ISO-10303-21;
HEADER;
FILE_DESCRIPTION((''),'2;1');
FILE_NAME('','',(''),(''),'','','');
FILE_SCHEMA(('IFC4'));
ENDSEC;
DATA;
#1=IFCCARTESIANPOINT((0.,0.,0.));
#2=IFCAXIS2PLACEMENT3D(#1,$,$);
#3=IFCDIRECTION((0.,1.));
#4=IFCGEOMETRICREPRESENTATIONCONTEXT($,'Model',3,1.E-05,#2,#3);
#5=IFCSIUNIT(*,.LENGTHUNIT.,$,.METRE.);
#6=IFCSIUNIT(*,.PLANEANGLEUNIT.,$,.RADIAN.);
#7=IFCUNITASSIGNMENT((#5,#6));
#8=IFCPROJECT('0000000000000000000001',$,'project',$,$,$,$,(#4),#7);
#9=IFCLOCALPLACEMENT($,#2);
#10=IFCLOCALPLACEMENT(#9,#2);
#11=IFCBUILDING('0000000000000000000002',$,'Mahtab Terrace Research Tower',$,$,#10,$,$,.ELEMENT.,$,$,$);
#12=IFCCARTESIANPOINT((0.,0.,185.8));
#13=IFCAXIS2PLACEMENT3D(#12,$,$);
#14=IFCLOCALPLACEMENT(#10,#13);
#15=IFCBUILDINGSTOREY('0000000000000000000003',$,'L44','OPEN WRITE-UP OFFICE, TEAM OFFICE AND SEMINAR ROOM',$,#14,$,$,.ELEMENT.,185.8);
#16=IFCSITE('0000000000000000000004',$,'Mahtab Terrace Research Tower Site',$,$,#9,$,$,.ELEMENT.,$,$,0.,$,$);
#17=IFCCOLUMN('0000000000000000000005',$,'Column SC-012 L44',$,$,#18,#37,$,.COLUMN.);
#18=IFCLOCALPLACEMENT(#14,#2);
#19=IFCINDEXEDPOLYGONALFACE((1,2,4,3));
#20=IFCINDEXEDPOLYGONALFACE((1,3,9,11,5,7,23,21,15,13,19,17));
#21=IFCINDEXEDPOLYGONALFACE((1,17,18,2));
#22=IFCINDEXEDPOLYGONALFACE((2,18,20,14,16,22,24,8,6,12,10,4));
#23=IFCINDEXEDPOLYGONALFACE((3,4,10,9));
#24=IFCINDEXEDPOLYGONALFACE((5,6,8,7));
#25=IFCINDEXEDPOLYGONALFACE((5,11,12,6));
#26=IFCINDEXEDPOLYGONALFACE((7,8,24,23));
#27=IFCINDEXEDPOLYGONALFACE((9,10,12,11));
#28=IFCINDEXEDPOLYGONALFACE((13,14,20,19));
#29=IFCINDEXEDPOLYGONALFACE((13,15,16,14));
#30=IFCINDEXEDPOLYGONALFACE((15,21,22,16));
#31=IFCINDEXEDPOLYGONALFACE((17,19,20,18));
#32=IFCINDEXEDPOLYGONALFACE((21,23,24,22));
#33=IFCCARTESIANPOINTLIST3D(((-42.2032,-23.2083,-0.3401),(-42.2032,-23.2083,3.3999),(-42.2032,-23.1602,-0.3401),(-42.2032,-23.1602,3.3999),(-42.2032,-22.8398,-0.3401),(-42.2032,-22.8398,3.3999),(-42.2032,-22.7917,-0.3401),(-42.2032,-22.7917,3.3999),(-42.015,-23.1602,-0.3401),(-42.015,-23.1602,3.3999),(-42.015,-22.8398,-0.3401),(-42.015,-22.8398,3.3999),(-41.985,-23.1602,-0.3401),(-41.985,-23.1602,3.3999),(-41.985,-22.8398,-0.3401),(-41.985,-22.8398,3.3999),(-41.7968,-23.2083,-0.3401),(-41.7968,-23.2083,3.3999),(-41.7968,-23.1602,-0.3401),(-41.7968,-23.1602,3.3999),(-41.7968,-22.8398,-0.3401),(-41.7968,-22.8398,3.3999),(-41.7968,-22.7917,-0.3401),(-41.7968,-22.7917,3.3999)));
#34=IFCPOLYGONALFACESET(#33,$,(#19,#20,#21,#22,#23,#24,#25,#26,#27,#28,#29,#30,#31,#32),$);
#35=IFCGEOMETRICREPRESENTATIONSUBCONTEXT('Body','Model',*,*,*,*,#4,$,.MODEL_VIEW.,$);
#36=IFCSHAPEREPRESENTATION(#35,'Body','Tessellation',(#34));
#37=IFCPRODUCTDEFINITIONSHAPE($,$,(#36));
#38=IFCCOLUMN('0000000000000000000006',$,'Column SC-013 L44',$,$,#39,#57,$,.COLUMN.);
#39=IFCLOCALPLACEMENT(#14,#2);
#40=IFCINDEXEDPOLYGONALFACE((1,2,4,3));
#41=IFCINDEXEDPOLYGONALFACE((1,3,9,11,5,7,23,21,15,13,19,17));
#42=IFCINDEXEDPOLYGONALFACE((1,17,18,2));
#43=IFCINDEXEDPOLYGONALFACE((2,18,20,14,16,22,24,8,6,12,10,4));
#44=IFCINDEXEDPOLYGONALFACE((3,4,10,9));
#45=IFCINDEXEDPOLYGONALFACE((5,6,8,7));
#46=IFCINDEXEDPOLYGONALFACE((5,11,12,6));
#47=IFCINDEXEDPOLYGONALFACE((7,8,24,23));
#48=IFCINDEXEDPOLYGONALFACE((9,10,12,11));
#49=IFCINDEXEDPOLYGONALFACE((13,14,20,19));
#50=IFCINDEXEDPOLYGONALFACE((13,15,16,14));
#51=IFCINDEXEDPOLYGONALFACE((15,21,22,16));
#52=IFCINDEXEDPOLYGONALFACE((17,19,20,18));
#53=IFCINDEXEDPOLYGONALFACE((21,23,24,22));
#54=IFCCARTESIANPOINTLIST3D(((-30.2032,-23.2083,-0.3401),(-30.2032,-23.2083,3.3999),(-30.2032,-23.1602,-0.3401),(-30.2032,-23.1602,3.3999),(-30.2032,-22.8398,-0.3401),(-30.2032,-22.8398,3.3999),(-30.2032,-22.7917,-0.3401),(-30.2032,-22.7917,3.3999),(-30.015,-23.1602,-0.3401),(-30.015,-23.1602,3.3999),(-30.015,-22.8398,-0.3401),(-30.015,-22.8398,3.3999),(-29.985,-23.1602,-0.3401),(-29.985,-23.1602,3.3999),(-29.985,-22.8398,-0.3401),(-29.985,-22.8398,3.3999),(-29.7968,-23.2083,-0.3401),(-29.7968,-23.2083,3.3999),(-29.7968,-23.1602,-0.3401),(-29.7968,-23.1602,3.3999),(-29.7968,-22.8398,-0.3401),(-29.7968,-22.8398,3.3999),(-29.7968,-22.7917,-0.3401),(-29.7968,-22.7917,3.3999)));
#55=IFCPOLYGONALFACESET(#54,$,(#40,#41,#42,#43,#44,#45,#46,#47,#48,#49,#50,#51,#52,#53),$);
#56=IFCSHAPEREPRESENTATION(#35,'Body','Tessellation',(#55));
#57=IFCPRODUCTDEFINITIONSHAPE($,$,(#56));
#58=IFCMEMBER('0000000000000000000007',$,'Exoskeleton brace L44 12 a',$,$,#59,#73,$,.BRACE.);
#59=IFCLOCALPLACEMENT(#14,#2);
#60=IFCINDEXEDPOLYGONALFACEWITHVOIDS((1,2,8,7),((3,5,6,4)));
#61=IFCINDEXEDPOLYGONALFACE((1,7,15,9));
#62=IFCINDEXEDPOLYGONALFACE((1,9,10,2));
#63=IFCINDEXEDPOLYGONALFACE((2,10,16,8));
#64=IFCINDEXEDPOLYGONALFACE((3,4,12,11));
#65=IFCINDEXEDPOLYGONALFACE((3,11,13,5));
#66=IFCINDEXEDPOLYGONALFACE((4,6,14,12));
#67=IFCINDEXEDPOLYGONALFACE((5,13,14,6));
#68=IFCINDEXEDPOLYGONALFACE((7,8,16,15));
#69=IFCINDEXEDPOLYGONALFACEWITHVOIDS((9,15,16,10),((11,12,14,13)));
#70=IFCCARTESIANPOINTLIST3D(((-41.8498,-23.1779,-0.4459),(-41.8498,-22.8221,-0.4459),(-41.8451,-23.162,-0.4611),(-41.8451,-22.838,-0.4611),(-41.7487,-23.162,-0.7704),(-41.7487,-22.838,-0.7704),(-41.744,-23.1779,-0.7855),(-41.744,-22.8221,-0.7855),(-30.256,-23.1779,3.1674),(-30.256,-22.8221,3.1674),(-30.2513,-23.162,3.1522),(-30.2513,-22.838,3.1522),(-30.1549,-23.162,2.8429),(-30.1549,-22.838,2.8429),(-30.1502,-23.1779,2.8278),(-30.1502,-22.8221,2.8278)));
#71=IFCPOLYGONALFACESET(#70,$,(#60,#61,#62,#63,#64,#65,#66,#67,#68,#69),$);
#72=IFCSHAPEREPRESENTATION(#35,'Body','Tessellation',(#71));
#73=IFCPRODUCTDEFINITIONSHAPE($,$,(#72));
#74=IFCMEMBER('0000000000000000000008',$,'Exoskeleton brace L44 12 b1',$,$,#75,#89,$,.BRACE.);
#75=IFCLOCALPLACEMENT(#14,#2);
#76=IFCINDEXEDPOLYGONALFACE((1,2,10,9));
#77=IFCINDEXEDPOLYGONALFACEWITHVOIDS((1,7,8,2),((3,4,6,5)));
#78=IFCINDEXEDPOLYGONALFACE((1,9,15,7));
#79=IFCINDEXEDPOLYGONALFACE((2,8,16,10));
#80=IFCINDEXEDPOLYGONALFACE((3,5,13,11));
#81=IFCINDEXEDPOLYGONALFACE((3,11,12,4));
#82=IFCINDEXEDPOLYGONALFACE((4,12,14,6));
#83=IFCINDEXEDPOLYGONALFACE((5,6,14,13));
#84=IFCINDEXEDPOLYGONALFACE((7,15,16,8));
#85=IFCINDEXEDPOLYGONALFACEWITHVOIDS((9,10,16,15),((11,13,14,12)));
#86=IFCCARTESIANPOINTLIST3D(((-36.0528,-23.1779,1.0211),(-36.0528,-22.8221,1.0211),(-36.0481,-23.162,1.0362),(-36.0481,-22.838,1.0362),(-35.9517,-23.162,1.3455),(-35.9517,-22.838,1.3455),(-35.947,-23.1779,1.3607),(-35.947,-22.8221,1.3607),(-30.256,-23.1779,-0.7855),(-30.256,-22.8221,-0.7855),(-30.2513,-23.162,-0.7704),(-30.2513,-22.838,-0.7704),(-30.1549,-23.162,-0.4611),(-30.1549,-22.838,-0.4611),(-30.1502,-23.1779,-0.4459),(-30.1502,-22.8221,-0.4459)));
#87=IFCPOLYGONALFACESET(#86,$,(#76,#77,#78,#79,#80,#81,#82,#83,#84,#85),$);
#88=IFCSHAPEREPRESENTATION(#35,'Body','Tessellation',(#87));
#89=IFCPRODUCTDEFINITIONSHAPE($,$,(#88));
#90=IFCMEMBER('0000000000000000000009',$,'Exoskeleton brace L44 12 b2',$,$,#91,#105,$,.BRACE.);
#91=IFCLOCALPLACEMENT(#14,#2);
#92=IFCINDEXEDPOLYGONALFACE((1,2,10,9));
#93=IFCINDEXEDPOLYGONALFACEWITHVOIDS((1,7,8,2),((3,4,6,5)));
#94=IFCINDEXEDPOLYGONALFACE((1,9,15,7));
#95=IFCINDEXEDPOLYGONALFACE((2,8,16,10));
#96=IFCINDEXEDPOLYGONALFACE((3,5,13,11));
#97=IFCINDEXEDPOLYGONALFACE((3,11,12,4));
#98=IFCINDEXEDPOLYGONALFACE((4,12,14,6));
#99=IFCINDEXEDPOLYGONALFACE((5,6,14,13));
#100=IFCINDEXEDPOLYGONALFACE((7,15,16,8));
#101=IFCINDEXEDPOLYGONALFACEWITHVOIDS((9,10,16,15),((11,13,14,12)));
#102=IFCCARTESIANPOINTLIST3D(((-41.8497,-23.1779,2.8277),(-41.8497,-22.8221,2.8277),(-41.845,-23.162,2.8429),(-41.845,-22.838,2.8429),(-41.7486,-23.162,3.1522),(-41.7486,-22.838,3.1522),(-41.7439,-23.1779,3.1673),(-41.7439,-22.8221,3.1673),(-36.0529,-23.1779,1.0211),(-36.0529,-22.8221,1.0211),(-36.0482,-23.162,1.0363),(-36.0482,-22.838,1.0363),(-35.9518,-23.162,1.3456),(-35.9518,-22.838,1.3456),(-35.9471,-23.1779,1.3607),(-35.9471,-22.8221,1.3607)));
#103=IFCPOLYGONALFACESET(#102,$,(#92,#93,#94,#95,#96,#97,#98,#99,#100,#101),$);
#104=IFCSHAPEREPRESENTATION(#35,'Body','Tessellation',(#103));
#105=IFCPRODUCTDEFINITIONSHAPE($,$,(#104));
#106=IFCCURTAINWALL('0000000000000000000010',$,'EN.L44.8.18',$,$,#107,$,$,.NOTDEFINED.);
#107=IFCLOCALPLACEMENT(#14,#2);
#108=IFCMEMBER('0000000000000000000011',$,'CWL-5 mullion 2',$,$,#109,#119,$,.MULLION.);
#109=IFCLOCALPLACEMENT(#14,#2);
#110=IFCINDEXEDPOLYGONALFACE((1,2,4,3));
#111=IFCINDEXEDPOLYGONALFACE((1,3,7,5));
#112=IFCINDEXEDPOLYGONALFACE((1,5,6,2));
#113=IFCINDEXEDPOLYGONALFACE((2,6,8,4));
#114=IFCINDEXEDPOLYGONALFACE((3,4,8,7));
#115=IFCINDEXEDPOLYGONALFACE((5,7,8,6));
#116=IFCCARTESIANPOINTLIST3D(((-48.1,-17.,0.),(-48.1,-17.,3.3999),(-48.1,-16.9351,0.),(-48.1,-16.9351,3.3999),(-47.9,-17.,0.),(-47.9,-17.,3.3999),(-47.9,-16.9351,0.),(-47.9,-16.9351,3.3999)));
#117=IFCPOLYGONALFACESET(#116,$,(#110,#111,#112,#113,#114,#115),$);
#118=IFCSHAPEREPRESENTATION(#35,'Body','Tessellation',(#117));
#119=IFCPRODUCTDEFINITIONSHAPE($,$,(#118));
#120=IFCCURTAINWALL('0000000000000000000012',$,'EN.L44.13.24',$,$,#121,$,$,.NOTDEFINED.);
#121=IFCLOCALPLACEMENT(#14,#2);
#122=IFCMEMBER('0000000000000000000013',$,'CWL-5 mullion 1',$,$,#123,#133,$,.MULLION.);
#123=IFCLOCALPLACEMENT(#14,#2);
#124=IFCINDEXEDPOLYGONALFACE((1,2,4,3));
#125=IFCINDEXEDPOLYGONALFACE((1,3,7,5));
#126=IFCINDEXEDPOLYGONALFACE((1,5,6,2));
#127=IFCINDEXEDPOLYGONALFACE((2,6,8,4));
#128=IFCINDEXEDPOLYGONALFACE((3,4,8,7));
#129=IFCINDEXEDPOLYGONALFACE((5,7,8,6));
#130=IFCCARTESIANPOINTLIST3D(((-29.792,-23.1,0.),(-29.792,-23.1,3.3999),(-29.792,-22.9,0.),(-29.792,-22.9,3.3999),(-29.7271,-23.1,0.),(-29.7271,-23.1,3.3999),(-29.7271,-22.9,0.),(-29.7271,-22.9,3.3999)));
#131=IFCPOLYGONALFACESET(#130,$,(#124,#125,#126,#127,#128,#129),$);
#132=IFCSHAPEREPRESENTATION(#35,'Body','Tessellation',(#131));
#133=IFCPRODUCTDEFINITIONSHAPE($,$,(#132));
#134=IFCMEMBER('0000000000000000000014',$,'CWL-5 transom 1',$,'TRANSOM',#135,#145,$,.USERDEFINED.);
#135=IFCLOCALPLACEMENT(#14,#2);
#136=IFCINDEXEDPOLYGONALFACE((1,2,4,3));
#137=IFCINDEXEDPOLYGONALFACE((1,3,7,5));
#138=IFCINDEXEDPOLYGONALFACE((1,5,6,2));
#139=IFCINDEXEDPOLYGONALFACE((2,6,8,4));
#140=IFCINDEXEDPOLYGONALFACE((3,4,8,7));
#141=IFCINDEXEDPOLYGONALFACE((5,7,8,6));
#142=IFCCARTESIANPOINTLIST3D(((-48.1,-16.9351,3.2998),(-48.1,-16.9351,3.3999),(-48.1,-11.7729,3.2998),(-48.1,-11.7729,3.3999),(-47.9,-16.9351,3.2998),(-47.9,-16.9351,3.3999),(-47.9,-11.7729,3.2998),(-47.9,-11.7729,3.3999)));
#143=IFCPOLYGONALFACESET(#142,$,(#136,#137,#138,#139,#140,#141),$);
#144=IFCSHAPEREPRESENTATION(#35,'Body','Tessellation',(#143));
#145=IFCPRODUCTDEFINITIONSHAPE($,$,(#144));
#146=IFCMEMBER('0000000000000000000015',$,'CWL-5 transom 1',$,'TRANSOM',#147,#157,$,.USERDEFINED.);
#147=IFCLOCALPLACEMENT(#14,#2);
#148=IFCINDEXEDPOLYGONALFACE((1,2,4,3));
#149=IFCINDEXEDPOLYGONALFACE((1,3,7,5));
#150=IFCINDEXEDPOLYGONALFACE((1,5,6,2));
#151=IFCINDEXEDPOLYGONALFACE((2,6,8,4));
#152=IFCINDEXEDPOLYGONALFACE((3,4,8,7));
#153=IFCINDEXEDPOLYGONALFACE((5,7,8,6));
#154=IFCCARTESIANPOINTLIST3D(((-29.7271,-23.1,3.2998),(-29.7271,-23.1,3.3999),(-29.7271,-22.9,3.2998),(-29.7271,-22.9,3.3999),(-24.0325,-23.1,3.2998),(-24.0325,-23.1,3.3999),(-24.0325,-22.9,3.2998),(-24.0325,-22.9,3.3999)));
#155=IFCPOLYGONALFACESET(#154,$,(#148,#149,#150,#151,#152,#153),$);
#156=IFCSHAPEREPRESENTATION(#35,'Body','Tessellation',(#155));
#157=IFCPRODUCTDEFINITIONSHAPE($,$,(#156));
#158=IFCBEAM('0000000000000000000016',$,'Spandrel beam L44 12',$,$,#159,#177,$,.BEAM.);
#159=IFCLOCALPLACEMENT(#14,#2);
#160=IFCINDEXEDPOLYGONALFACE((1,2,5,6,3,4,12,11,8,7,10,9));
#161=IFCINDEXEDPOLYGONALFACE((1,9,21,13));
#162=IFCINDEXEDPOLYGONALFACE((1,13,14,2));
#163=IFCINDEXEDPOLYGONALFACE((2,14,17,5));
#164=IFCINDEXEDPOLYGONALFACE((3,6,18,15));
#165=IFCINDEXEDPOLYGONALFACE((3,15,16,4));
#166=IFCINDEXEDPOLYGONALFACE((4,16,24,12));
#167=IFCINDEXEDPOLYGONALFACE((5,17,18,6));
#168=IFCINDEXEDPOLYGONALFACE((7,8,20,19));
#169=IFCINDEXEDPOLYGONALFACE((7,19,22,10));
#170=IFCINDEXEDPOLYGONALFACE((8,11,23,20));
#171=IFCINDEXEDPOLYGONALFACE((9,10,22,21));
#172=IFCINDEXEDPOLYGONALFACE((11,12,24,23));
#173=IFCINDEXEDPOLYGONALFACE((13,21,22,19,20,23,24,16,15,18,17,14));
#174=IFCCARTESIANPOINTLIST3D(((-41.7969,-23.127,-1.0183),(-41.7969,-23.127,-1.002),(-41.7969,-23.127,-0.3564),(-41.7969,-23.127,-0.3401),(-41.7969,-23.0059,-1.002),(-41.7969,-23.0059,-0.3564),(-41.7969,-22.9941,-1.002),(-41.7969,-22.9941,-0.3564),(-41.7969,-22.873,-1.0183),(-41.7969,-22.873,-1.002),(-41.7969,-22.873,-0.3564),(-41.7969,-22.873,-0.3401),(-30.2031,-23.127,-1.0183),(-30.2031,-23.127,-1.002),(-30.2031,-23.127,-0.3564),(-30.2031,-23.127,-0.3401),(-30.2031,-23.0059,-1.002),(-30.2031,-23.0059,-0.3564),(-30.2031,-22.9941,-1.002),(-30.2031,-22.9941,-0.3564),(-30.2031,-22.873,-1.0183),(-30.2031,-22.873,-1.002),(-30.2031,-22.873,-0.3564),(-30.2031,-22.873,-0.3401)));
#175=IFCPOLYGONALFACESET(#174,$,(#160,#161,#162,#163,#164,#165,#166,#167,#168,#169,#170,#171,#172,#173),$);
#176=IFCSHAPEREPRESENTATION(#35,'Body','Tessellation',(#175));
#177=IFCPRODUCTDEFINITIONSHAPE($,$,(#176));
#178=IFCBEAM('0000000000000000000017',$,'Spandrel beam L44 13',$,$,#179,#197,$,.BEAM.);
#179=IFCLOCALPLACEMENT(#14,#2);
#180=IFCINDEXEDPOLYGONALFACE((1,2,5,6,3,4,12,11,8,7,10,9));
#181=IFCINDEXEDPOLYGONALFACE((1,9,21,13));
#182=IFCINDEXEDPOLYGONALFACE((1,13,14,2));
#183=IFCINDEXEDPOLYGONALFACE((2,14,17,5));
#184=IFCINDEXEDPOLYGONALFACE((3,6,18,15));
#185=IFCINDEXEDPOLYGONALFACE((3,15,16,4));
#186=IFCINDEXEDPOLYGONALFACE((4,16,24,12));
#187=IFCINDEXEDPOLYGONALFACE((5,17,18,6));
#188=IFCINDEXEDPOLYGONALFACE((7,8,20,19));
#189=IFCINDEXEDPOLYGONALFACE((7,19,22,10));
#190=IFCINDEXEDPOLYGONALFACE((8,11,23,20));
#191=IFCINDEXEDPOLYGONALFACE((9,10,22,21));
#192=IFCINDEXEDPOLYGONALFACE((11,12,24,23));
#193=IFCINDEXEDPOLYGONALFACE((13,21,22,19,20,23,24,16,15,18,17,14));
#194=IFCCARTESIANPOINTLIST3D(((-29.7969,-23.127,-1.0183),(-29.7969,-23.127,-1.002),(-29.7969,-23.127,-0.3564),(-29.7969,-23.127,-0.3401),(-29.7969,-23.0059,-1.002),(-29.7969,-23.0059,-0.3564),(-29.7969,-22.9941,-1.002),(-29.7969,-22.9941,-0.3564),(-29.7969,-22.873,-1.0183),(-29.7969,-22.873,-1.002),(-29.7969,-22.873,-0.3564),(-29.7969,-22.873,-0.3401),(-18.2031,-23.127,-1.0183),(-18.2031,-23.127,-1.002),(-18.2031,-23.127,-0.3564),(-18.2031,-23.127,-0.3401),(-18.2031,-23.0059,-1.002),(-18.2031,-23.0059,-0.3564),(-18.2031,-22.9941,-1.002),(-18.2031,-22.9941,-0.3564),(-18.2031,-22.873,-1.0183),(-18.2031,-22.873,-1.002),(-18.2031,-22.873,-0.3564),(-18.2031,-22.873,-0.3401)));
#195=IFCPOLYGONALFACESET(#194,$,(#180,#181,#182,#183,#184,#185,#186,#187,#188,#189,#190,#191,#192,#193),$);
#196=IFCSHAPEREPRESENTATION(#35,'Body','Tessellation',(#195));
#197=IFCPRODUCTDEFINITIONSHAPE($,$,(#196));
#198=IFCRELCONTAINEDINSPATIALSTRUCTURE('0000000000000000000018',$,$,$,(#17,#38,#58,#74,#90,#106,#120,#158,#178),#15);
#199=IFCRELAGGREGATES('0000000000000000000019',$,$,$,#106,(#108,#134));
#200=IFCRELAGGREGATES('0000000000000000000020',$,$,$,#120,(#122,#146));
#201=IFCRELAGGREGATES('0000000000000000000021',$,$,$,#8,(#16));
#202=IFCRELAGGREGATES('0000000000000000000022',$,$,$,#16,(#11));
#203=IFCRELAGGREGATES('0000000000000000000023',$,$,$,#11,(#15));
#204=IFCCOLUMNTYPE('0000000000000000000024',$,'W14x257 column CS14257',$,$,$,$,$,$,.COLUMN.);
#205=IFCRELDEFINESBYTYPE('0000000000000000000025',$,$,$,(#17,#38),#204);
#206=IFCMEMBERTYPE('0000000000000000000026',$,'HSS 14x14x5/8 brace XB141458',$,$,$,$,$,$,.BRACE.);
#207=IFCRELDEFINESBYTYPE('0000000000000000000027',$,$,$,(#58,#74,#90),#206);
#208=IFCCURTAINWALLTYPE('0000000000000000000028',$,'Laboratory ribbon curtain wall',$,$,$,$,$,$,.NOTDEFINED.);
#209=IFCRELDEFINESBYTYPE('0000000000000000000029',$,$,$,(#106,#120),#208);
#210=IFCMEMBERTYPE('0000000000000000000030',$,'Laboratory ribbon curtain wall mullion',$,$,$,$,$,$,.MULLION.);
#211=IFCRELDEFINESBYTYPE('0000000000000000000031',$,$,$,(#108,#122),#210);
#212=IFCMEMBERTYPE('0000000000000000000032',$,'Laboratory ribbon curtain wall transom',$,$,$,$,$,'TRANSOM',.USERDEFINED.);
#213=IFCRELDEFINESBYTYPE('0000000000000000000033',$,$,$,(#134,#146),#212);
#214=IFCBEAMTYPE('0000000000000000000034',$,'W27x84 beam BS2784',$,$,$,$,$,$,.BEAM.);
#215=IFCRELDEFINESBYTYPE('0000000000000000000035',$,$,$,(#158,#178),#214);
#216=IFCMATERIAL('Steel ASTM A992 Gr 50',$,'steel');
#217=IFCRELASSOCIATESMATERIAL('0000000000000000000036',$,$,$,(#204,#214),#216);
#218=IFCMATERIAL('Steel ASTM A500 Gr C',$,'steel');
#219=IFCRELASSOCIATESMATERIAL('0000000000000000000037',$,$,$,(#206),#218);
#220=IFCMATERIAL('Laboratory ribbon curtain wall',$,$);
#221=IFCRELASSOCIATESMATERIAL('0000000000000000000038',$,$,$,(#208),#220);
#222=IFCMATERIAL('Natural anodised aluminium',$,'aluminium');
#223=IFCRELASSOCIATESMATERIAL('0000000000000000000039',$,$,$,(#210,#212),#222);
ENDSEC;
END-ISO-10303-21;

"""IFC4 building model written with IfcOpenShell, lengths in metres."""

from ifc_helpers import new_model, si_unit, direction, frame, origin, origin_2d, place, context, subcontext, project, spatial, rectangle, hollow_rectangle, i_section, extrude, material, material_profile, profile_set, type_object, element, aggregate, save


model = new_model("IFC4")

# Units and contexts
model_context = context("Model", 3, precision=1e-05, world=origin(), true_north=direction((0.0, 1.0)))
body_context = subcontext(model_context, "Body", "Model", "MODEL_VIEW")
ifc_project = project(units=[si_unit("LENGTHUNIT", "METRE"), si_unit("PLANEANGLEUNIT", "RADIAN")], contexts=[model_context])

# Site, building, storey
site_placement = place(None, origin())
site = spatial("IfcSite", under=ifc_project, at=site_placement, Name="Mahtab Terrace Research Tower Site", CompositionType="ELEMENT", RefElevation=0.0)
building_placement = place(site_placement, origin())
building = spatial("IfcBuilding", under=site, at=building_placement, Name="Mahtab Terrace Research Tower", CompositionType="ELEMENT")
storey_placement = place(building_placement, frame((0.0, 0.0, 185.8)))
storey = spatial("IfcBuildingStorey", under=building, at=storey_placement, Name="L44", Description="OPEN WRITE-UP OFFICE, TEAM OFFICE AND SEMINAR ROOM", CompositionType="ELEMENT", Elevation=185.8)

# Columns
ifc_material_1 = material(Name="Steel ASTM A992 Gr 50", Category="steel")
ifc_material_profile_1 = material_profile(ifc_material_1, i_section(OverallWidth=0.4065, OverallDepth=0.4165, WebThickness=0.03, FlangeThickness=0.0481, at=origin_2d()), Name="W14X257")
ifc_profile_set_1 = profile_set([ifc_material_profile_1], Name="Steel ASTM A992 Gr 50")
column_type = type_object("IfcColumnType", Name="W14x257 column CS14257", PredefinedType="COLUMN", material=ifc_profile_set_1)
for number, where, z_axis, x_axis, name in (
    (1, (-42.0, -23.0, -0.3401), (0.0, 0.0, 1.0), (1.0, 0.0, 0.0), "Column SC-012 L44"),
    (2, (-30.0, -23.0, -0.3401), (0.0, 0.0, 1.0), (1.0, 0.0, 0.0), "Column SC-013 L44"),
):
    element("IfcColumn", number, at=place(storey_placement, frame(where, z_axis=z_axis, x_axis=x_axis)), inside=storey, type_object=column_type, Name=name, PredefinedType="COLUMN", context=body_context, shape_type="SweptSolid", body=[
        extrude(i_section(OverallWidth=0.4065, OverallDepth=0.4165, WebThickness=0.03, FlangeThickness=0.0481, at=origin_2d()), origin(), (0.0, 0.0, 1.0), 3.74),
    ])

# Members
ifc_material_2 = material(Name="Steel ASTM A500 Gr C", Category="steel")
ifc_material_profile_2 = material_profile(ifc_material_2, hollow_rectangle(XDim=0.3557, YDim=0.3557, WallThickness=0.0159, at=origin_2d()), Name="HSS14X14X5/8")
ifc_profile_set_2 = profile_set([ifc_material_profile_2], Name="Steel ASTM A500 Gr C")
member_type_1 = type_object("IfcMemberType", Name="HSS 14x14x5/8 brace XB141458", PredefinedType="BRACE", material=ifc_profile_set_2)
member_1_placement = place(storey_placement, frame((-41.7969, -23.0, -0.6157), z_axis=(0.954709, 0.0, 0.297542), x_axis=(0.0, 1.0, 0.0)))
element("IfcMember", 3, at=member_1_placement, inside=storey, type_object=member_type_1, Name="Exoskeleton brace L44 12 a", PredefinedType="BRACE", context=body_context, shape_type="SweptSolid", body=[
    extrude(hollow_rectangle(XDim=0.3557, YDim=0.3557, WallThickness=0.0159, at=origin_2d()), origin(), (0.0, 0.0, 1.0), 12.1438),
])
for number, where, z_axis, x_axis, name in (
    (4, (-30.2031, -23.0, -0.6157), (-0.954709, 0.0, 0.297542), (0.0, -1.0, 0.0), "Exoskeleton brace L44 12 b1"),
    (5, (-36.0, -23.0, 1.1909), (-0.954709, 0.0, 0.297542), (0.0, -1.0, 0.0), "Exoskeleton brace L44 12 b2"),
):
    element("IfcMember", number, at=place(storey_placement, frame(where, z_axis=z_axis, x_axis=x_axis)), inside=storey, type_object=member_type_1, Name=name, PredefinedType="BRACE", context=body_context, shape_type="SweptSolid", body=[
        extrude(hollow_rectangle(XDim=0.3557, YDim=0.3557, WallThickness=0.0159, at=origin_2d()), origin(), (0.0, 0.0, 1.0), 6.0718),
    ])

# Curtain walls, members
ifc_material_3 = material(Name="Laboratory ribbon curtain wall")
curtain_wall_type = type_object("IfcCurtainWallType", Name="Laboratory ribbon curtain wall", PredefinedType="NOTDEFINED", material=ifc_material_3)
curtain_wall_1_placement = place(storey_placement, origin())
curtain_wall_1 = element("IfcCurtainWall", 6, at=curtain_wall_1_placement, inside=storey, type_object=curtain_wall_type, Name="EN.L44.8.18", PredefinedType="NOTDEFINED")
ifc_material_4 = material(Name="Natural anodised aluminium", Category="aluminium")
ifc_material_profile_3 = material_profile(ifc_material_4, rectangle(XDim=0.2, YDim=0.0649, at=origin_2d()), Name="MULLION 65x200")
ifc_profile_set_3 = profile_set([ifc_material_profile_3], Name="Natural anodised aluminium")
member_type_2 = type_object("IfcMemberType", Name="Laboratory ribbon curtain wall mullion", PredefinedType="MULLION", material=ifc_profile_set_3)
member_2_placement = place(storey_placement, frame((-48.0, -16.9675, 0.0), z_axis=(0.0, 0.0, 1.0), x_axis=(1.0, 0.0, 0.0)))
member_2 = element("IfcMember", 7, at=member_2_placement, type_object=member_type_2, Name="CWL-5 mullion 2", PredefinedType="MULLION", context=body_context, shape_type="SweptSolid", body=[
    extrude(rectangle(XDim=0.2, YDim=0.0649, at=origin_2d()), origin(), (0.0, 0.0, 1.0), 3.3999),
])
curtain_wall_2_placement = place(storey_placement, origin())
curtain_wall_2 = element("IfcCurtainWall", 8, at=curtain_wall_2_placement, inside=storey, type_object=curtain_wall_type, Name="EN.L44.13.24", PredefinedType="NOTDEFINED")
member_3_placement = place(storey_placement, frame((-29.7595, -23.0, 0.0), z_axis=(0.0, 0.0, 1.0), x_axis=(0.0, 1.0, 0.0)))
member_3 = element("IfcMember", 9, at=member_3_placement, type_object=member_type_2, Name="CWL-5 mullion 1", PredefinedType="MULLION", context=body_context, shape_type="SweptSolid", body=[
    extrude(rectangle(XDim=0.2, YDim=0.0649, at=origin_2d()), origin(), (0.0, 0.0, 1.0), 3.3999),
])

# Members
ifc_material_profile_4 = material_profile(ifc_material_4, rectangle(XDim=0.2, YDim=0.1001, at=origin_2d()), Name="TRANSOM 100x200")
ifc_profile_set_4 = profile_set([ifc_material_profile_4], Name="Natural anodised aluminium")
member_type_3 = type_object("IfcMemberType", Name="Laboratory ribbon curtain wall transom", ElementType="TRANSOM", PredefinedType="USERDEFINED", material=ifc_profile_set_4)
member_4_placement = place(storey_placement, frame((-48.0, -11.7729, 3.3499), z_axis=(0.0, -1.0, 0.0), x_axis=(1.0, 0.0, 0.0)))
member_4 = element("IfcMember", 10, at=member_4_placement, type_object=member_type_3, Name="CWL-5 transom 1", ObjectType="TRANSOM", PredefinedType="USERDEFINED", context=body_context, shape_type="SweptSolid", body=[
    extrude(rectangle(XDim=0.2, YDim=0.1001, at=origin_2d()), origin(), (0.0, 0.0, 1.0), 5.1621),
])
member_5_placement = place(storey_placement, frame((-29.7271, -23.0, 3.3499), z_axis=(1.0, 0.0, 0.0), x_axis=(0.0, 1.0, 0.0)))
member_5 = element("IfcMember", 11, at=member_5_placement, type_object=member_type_3, Name="CWL-5 transom 1", ObjectType="TRANSOM", PredefinedType="USERDEFINED", context=body_context, shape_type="SweptSolid", body=[
    extrude(rectangle(XDim=0.2, YDim=0.1001, at=origin_2d()), origin(), (0.0, 0.0, 1.0), 5.6946),
])

# Beams
ifc_material_profile_5 = material_profile(ifc_material_1, i_section(OverallWidth=0.2539, OverallDepth=0.6782, WebThickness=0.0117, FlangeThickness=0.0164, at=origin_2d()), Name="W27X84")
ifc_profile_set_5 = profile_set([ifc_material_profile_5], Name="Steel ASTM A992 Gr 50")
beam_type = type_object("IfcBeamType", Name="W27x84 beam BS2784", PredefinedType="BEAM", material=ifc_profile_set_5)
for number, where, z_axis, x_axis, name in (
    (12, (-41.7969, -23.0, -0.6792), (1.0, 0.0, 0.0), (0.0, 1.0, 0.0), "Spandrel beam L44 12"),
    (13, (-29.7969, -23.0, -0.6792), (1.0, 0.0, 0.0), (0.0, 1.0, 0.0), "Spandrel beam L44 13"),
):
    element("IfcBeam", number, at=place(storey_placement, frame(where, z_axis=z_axis, x_axis=x_axis)), inside=storey, type_object=beam_type, Name=name, PredefinedType="BEAM", context=body_context, shape_type="SweptSolid", body=[
        extrude(i_section(OverallWidth=0.2539, OverallDepth=0.6782, WebThickness=0.0117, FlangeThickness=0.0164, at=origin_2d()), origin(), (0.0, 0.0, 1.0), 11.5938),
    ])

aggregate(curtain_wall_1, [member_2, member_4])
aggregate(curtain_wall_2, [member_3, member_5])

save(model, "model.ifc")
